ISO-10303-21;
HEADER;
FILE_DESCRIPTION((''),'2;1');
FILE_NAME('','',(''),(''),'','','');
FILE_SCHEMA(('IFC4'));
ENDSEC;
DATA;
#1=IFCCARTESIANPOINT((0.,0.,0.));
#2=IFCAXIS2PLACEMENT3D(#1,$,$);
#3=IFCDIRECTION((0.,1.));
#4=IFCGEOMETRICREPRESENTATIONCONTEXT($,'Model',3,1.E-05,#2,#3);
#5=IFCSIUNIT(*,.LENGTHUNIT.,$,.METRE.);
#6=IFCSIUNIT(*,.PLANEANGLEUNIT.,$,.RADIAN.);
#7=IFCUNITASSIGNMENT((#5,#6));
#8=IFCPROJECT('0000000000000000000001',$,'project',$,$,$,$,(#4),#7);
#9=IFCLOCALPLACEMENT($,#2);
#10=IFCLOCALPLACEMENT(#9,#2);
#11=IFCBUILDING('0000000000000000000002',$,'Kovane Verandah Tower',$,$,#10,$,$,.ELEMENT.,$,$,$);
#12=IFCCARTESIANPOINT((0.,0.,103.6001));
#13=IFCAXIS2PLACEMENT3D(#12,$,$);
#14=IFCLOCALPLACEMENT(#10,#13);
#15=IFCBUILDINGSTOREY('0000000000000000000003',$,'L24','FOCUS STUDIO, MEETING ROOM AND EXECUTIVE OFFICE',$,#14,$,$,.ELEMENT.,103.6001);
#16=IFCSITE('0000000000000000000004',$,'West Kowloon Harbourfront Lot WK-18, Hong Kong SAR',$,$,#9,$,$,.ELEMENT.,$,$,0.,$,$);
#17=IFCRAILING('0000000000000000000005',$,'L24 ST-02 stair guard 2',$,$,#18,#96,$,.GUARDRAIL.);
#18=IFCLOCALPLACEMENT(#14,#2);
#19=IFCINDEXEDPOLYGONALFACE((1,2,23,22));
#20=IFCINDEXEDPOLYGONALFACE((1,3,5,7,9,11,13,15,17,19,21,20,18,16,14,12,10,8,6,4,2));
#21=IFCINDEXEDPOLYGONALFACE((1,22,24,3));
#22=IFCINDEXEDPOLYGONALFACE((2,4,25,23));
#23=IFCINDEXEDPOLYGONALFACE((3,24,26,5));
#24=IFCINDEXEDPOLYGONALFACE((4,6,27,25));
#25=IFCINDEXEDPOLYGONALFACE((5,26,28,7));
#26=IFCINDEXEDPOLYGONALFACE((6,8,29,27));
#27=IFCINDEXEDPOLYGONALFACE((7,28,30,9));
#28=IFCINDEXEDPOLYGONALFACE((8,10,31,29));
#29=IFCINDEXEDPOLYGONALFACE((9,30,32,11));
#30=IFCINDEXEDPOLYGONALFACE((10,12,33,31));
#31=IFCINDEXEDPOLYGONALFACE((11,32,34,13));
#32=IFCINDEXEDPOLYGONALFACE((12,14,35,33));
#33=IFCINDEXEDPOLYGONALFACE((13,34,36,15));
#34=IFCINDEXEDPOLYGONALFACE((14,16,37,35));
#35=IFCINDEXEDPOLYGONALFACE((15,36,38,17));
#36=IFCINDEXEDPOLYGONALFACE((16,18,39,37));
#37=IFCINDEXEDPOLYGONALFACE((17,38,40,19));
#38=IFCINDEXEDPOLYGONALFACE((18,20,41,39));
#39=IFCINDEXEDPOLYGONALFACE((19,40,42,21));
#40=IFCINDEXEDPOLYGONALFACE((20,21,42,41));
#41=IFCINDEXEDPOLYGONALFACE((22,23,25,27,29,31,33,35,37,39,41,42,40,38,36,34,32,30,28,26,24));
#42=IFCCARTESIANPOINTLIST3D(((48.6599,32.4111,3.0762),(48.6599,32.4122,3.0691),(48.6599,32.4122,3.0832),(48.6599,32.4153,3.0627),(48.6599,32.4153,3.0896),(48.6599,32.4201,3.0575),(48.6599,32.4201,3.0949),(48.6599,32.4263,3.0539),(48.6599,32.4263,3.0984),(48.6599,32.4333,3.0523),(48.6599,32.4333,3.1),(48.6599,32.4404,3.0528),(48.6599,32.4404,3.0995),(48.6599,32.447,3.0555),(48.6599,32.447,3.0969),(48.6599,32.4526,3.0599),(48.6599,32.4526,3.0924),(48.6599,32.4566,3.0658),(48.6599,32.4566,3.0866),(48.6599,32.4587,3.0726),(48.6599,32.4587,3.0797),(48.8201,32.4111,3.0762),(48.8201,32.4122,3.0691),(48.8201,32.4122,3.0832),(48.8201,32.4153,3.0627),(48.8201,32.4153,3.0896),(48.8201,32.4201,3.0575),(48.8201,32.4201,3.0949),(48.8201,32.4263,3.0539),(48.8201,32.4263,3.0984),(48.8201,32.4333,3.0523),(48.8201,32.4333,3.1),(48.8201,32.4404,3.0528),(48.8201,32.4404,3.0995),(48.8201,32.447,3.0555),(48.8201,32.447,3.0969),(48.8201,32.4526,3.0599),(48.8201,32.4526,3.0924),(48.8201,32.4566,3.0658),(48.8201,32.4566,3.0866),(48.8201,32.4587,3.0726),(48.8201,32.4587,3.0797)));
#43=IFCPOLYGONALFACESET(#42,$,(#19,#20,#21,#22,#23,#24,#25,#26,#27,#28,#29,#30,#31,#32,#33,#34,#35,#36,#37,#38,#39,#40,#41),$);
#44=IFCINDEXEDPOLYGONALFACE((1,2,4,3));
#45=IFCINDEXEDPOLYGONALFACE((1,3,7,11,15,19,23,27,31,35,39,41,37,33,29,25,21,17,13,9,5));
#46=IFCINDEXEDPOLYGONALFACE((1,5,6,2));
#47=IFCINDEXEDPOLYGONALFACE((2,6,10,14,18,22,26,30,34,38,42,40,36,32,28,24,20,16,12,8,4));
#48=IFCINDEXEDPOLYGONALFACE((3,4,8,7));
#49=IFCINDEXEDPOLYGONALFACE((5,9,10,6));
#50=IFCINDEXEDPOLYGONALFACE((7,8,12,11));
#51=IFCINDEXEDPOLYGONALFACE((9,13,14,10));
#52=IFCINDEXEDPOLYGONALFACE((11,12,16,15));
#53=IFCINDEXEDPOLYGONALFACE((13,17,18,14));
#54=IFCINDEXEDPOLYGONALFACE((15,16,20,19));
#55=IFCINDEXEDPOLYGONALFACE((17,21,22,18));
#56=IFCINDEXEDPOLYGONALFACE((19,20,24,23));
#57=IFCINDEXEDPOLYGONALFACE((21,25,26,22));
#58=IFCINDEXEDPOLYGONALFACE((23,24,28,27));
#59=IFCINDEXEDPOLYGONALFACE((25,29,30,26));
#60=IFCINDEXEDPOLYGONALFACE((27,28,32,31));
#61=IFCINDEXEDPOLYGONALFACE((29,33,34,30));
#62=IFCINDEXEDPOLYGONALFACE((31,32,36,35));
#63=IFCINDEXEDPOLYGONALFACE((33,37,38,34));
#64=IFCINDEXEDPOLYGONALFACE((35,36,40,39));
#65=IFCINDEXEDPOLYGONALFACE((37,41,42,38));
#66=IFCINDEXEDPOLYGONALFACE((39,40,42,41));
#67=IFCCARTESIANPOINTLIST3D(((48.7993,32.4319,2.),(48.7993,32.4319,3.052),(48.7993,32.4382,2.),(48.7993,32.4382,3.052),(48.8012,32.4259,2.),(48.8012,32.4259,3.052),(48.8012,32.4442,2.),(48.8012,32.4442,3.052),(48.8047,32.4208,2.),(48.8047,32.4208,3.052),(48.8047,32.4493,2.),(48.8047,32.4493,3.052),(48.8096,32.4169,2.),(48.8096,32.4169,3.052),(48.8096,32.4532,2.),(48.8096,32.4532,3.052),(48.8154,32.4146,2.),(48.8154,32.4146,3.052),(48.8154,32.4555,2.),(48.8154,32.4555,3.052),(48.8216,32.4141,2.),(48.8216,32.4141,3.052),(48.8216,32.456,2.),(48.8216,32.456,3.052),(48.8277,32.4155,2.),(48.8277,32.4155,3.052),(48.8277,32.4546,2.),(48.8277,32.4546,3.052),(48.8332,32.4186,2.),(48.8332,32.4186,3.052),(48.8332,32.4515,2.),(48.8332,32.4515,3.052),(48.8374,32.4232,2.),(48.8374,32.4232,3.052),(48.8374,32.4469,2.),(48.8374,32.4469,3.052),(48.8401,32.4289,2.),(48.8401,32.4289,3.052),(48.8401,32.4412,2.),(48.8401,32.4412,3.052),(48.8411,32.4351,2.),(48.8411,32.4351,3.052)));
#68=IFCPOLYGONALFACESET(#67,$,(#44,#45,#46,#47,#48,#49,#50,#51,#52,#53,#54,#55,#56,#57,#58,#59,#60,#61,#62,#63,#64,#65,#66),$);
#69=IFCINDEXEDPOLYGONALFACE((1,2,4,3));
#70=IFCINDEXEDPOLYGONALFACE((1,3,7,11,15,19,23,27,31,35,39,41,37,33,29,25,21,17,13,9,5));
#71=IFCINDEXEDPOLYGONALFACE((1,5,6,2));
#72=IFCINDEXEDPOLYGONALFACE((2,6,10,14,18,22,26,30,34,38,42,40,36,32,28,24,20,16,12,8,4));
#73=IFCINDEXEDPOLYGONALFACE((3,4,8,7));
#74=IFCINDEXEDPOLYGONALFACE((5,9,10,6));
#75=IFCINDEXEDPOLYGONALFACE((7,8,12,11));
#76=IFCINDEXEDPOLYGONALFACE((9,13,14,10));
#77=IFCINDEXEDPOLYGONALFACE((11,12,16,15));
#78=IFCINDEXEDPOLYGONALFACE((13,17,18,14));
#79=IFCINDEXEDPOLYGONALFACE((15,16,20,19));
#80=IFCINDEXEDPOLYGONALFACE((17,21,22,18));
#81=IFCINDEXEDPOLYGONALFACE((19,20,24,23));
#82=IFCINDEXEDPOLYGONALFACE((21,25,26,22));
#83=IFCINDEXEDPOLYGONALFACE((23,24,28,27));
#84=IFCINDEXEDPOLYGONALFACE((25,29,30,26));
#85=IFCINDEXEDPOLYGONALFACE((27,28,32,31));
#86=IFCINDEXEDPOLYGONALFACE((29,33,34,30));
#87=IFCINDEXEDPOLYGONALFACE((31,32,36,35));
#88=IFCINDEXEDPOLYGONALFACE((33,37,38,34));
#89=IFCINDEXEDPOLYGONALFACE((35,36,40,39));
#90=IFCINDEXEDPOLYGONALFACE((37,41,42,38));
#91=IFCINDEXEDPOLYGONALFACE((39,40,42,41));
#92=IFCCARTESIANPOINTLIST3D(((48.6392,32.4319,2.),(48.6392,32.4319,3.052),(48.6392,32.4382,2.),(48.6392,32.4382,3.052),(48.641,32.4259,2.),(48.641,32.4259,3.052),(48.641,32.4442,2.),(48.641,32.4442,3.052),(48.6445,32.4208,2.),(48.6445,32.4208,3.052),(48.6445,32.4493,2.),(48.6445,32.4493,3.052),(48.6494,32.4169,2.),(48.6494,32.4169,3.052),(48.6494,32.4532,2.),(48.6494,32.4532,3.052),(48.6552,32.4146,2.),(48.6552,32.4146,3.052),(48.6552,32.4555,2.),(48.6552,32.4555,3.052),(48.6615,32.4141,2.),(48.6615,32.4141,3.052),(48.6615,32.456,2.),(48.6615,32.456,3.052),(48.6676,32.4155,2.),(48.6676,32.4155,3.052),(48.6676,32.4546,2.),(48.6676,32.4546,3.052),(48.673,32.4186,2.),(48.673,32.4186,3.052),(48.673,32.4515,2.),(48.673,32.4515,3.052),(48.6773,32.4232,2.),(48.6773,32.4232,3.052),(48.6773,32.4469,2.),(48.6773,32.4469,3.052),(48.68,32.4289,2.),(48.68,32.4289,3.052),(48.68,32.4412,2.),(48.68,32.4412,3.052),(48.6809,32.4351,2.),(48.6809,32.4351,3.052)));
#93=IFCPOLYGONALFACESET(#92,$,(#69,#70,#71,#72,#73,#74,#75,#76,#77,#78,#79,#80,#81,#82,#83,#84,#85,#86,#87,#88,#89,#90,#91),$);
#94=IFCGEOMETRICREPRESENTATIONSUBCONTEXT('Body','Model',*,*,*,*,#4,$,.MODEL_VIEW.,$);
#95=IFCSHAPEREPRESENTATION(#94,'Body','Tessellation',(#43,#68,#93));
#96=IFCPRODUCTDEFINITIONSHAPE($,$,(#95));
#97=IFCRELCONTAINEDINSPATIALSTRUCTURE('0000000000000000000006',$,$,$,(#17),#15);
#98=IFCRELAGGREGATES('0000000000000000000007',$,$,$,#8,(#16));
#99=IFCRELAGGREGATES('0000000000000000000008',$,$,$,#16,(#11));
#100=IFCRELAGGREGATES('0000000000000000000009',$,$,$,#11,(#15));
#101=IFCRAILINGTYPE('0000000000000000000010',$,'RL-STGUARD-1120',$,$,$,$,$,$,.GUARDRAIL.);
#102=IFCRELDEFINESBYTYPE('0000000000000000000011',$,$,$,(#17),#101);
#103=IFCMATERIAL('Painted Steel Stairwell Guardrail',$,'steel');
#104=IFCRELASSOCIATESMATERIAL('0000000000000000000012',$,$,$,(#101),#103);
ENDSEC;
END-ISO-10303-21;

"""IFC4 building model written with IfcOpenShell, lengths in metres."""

from ifc_helpers import new_model, si_unit, direction, frame, origin, origin_2d, place, context, subcontext, project, spatial, circle, extrude, material, type_object, element, save


model = new_model("IFC4")

# Units and contexts
model_context = context("Model", 3, precision=1e-05, world=origin(), true_north=direction((0.0, 1.0)))
body_context = subcontext(model_context, "Body", "Model", "MODEL_VIEW")
ifc_project = project(units=[si_unit("LENGTHUNIT", "METRE"), si_unit("PLANEANGLEUNIT", "RADIAN")], contexts=[model_context])

# Site, building, storey
site_placement = place(None, origin())
site = spatial("IfcSite", under=ifc_project, at=site_placement, Name="West Kowloon Harbourfront Lot WK-18, Hong Kong SAR", CompositionType="ELEMENT", RefElevation=0.0)
building_placement = place(site_placement, origin())
building = spatial("IfcBuilding", under=site, at=building_placement, Name="Kovane Verandah Tower", CompositionType="ELEMENT")
storey_placement = place(building_placement, frame((0.0, 0.0, 103.6001)))
storey = spatial("IfcBuildingStorey", under=building, at=storey_placement, Name="L24", Description="FOCUS STUDIO, MEETING ROOM AND EXECUTIVE OFFICE", CompositionType="ELEMENT", Elevation=103.6001)

# Railing
ifc_material_1 = material(Name="Painted Steel Stairwell Guardrail", Category="steel")
railing_type_1 = type_object("IfcRailingType", Name="RL-STGUARD-1120", PredefinedType="GUARDRAIL", material=ifc_material_1)
railing_1_placement = place(storey_placement, frame((48.8201, 32.4351, 2.0)))
element("IfcRailing", 1, at=railing_1_placement, inside=storey, type_object=railing_type_1, Name="L24 ST-02 stair guard 2", PredefinedType="GUARDRAIL", context=body_context, shape_type="SweptSolid", body=[
    extrude(circle(Radius=0.0239, at=origin_2d()), frame((0.0, 0.0, 1.0762), z_axis=(-1.0, 0.0, 0.0), x_axis=(0.0, -1.0, 0.0)), (0.0, 0.0, 1.0), 0.1602),
    extrude(circle(Radius=0.021, at=origin_2d()), origin(), (0.0, 0.0, 1.0), 1.052),
    extrude(circle(Radius=0.021, at=origin_2d()), frame((-0.1602, 0.0, 0.0)), (0.0, 0.0, 1.0), 1.052),
])

save(model, "model.ifc")
